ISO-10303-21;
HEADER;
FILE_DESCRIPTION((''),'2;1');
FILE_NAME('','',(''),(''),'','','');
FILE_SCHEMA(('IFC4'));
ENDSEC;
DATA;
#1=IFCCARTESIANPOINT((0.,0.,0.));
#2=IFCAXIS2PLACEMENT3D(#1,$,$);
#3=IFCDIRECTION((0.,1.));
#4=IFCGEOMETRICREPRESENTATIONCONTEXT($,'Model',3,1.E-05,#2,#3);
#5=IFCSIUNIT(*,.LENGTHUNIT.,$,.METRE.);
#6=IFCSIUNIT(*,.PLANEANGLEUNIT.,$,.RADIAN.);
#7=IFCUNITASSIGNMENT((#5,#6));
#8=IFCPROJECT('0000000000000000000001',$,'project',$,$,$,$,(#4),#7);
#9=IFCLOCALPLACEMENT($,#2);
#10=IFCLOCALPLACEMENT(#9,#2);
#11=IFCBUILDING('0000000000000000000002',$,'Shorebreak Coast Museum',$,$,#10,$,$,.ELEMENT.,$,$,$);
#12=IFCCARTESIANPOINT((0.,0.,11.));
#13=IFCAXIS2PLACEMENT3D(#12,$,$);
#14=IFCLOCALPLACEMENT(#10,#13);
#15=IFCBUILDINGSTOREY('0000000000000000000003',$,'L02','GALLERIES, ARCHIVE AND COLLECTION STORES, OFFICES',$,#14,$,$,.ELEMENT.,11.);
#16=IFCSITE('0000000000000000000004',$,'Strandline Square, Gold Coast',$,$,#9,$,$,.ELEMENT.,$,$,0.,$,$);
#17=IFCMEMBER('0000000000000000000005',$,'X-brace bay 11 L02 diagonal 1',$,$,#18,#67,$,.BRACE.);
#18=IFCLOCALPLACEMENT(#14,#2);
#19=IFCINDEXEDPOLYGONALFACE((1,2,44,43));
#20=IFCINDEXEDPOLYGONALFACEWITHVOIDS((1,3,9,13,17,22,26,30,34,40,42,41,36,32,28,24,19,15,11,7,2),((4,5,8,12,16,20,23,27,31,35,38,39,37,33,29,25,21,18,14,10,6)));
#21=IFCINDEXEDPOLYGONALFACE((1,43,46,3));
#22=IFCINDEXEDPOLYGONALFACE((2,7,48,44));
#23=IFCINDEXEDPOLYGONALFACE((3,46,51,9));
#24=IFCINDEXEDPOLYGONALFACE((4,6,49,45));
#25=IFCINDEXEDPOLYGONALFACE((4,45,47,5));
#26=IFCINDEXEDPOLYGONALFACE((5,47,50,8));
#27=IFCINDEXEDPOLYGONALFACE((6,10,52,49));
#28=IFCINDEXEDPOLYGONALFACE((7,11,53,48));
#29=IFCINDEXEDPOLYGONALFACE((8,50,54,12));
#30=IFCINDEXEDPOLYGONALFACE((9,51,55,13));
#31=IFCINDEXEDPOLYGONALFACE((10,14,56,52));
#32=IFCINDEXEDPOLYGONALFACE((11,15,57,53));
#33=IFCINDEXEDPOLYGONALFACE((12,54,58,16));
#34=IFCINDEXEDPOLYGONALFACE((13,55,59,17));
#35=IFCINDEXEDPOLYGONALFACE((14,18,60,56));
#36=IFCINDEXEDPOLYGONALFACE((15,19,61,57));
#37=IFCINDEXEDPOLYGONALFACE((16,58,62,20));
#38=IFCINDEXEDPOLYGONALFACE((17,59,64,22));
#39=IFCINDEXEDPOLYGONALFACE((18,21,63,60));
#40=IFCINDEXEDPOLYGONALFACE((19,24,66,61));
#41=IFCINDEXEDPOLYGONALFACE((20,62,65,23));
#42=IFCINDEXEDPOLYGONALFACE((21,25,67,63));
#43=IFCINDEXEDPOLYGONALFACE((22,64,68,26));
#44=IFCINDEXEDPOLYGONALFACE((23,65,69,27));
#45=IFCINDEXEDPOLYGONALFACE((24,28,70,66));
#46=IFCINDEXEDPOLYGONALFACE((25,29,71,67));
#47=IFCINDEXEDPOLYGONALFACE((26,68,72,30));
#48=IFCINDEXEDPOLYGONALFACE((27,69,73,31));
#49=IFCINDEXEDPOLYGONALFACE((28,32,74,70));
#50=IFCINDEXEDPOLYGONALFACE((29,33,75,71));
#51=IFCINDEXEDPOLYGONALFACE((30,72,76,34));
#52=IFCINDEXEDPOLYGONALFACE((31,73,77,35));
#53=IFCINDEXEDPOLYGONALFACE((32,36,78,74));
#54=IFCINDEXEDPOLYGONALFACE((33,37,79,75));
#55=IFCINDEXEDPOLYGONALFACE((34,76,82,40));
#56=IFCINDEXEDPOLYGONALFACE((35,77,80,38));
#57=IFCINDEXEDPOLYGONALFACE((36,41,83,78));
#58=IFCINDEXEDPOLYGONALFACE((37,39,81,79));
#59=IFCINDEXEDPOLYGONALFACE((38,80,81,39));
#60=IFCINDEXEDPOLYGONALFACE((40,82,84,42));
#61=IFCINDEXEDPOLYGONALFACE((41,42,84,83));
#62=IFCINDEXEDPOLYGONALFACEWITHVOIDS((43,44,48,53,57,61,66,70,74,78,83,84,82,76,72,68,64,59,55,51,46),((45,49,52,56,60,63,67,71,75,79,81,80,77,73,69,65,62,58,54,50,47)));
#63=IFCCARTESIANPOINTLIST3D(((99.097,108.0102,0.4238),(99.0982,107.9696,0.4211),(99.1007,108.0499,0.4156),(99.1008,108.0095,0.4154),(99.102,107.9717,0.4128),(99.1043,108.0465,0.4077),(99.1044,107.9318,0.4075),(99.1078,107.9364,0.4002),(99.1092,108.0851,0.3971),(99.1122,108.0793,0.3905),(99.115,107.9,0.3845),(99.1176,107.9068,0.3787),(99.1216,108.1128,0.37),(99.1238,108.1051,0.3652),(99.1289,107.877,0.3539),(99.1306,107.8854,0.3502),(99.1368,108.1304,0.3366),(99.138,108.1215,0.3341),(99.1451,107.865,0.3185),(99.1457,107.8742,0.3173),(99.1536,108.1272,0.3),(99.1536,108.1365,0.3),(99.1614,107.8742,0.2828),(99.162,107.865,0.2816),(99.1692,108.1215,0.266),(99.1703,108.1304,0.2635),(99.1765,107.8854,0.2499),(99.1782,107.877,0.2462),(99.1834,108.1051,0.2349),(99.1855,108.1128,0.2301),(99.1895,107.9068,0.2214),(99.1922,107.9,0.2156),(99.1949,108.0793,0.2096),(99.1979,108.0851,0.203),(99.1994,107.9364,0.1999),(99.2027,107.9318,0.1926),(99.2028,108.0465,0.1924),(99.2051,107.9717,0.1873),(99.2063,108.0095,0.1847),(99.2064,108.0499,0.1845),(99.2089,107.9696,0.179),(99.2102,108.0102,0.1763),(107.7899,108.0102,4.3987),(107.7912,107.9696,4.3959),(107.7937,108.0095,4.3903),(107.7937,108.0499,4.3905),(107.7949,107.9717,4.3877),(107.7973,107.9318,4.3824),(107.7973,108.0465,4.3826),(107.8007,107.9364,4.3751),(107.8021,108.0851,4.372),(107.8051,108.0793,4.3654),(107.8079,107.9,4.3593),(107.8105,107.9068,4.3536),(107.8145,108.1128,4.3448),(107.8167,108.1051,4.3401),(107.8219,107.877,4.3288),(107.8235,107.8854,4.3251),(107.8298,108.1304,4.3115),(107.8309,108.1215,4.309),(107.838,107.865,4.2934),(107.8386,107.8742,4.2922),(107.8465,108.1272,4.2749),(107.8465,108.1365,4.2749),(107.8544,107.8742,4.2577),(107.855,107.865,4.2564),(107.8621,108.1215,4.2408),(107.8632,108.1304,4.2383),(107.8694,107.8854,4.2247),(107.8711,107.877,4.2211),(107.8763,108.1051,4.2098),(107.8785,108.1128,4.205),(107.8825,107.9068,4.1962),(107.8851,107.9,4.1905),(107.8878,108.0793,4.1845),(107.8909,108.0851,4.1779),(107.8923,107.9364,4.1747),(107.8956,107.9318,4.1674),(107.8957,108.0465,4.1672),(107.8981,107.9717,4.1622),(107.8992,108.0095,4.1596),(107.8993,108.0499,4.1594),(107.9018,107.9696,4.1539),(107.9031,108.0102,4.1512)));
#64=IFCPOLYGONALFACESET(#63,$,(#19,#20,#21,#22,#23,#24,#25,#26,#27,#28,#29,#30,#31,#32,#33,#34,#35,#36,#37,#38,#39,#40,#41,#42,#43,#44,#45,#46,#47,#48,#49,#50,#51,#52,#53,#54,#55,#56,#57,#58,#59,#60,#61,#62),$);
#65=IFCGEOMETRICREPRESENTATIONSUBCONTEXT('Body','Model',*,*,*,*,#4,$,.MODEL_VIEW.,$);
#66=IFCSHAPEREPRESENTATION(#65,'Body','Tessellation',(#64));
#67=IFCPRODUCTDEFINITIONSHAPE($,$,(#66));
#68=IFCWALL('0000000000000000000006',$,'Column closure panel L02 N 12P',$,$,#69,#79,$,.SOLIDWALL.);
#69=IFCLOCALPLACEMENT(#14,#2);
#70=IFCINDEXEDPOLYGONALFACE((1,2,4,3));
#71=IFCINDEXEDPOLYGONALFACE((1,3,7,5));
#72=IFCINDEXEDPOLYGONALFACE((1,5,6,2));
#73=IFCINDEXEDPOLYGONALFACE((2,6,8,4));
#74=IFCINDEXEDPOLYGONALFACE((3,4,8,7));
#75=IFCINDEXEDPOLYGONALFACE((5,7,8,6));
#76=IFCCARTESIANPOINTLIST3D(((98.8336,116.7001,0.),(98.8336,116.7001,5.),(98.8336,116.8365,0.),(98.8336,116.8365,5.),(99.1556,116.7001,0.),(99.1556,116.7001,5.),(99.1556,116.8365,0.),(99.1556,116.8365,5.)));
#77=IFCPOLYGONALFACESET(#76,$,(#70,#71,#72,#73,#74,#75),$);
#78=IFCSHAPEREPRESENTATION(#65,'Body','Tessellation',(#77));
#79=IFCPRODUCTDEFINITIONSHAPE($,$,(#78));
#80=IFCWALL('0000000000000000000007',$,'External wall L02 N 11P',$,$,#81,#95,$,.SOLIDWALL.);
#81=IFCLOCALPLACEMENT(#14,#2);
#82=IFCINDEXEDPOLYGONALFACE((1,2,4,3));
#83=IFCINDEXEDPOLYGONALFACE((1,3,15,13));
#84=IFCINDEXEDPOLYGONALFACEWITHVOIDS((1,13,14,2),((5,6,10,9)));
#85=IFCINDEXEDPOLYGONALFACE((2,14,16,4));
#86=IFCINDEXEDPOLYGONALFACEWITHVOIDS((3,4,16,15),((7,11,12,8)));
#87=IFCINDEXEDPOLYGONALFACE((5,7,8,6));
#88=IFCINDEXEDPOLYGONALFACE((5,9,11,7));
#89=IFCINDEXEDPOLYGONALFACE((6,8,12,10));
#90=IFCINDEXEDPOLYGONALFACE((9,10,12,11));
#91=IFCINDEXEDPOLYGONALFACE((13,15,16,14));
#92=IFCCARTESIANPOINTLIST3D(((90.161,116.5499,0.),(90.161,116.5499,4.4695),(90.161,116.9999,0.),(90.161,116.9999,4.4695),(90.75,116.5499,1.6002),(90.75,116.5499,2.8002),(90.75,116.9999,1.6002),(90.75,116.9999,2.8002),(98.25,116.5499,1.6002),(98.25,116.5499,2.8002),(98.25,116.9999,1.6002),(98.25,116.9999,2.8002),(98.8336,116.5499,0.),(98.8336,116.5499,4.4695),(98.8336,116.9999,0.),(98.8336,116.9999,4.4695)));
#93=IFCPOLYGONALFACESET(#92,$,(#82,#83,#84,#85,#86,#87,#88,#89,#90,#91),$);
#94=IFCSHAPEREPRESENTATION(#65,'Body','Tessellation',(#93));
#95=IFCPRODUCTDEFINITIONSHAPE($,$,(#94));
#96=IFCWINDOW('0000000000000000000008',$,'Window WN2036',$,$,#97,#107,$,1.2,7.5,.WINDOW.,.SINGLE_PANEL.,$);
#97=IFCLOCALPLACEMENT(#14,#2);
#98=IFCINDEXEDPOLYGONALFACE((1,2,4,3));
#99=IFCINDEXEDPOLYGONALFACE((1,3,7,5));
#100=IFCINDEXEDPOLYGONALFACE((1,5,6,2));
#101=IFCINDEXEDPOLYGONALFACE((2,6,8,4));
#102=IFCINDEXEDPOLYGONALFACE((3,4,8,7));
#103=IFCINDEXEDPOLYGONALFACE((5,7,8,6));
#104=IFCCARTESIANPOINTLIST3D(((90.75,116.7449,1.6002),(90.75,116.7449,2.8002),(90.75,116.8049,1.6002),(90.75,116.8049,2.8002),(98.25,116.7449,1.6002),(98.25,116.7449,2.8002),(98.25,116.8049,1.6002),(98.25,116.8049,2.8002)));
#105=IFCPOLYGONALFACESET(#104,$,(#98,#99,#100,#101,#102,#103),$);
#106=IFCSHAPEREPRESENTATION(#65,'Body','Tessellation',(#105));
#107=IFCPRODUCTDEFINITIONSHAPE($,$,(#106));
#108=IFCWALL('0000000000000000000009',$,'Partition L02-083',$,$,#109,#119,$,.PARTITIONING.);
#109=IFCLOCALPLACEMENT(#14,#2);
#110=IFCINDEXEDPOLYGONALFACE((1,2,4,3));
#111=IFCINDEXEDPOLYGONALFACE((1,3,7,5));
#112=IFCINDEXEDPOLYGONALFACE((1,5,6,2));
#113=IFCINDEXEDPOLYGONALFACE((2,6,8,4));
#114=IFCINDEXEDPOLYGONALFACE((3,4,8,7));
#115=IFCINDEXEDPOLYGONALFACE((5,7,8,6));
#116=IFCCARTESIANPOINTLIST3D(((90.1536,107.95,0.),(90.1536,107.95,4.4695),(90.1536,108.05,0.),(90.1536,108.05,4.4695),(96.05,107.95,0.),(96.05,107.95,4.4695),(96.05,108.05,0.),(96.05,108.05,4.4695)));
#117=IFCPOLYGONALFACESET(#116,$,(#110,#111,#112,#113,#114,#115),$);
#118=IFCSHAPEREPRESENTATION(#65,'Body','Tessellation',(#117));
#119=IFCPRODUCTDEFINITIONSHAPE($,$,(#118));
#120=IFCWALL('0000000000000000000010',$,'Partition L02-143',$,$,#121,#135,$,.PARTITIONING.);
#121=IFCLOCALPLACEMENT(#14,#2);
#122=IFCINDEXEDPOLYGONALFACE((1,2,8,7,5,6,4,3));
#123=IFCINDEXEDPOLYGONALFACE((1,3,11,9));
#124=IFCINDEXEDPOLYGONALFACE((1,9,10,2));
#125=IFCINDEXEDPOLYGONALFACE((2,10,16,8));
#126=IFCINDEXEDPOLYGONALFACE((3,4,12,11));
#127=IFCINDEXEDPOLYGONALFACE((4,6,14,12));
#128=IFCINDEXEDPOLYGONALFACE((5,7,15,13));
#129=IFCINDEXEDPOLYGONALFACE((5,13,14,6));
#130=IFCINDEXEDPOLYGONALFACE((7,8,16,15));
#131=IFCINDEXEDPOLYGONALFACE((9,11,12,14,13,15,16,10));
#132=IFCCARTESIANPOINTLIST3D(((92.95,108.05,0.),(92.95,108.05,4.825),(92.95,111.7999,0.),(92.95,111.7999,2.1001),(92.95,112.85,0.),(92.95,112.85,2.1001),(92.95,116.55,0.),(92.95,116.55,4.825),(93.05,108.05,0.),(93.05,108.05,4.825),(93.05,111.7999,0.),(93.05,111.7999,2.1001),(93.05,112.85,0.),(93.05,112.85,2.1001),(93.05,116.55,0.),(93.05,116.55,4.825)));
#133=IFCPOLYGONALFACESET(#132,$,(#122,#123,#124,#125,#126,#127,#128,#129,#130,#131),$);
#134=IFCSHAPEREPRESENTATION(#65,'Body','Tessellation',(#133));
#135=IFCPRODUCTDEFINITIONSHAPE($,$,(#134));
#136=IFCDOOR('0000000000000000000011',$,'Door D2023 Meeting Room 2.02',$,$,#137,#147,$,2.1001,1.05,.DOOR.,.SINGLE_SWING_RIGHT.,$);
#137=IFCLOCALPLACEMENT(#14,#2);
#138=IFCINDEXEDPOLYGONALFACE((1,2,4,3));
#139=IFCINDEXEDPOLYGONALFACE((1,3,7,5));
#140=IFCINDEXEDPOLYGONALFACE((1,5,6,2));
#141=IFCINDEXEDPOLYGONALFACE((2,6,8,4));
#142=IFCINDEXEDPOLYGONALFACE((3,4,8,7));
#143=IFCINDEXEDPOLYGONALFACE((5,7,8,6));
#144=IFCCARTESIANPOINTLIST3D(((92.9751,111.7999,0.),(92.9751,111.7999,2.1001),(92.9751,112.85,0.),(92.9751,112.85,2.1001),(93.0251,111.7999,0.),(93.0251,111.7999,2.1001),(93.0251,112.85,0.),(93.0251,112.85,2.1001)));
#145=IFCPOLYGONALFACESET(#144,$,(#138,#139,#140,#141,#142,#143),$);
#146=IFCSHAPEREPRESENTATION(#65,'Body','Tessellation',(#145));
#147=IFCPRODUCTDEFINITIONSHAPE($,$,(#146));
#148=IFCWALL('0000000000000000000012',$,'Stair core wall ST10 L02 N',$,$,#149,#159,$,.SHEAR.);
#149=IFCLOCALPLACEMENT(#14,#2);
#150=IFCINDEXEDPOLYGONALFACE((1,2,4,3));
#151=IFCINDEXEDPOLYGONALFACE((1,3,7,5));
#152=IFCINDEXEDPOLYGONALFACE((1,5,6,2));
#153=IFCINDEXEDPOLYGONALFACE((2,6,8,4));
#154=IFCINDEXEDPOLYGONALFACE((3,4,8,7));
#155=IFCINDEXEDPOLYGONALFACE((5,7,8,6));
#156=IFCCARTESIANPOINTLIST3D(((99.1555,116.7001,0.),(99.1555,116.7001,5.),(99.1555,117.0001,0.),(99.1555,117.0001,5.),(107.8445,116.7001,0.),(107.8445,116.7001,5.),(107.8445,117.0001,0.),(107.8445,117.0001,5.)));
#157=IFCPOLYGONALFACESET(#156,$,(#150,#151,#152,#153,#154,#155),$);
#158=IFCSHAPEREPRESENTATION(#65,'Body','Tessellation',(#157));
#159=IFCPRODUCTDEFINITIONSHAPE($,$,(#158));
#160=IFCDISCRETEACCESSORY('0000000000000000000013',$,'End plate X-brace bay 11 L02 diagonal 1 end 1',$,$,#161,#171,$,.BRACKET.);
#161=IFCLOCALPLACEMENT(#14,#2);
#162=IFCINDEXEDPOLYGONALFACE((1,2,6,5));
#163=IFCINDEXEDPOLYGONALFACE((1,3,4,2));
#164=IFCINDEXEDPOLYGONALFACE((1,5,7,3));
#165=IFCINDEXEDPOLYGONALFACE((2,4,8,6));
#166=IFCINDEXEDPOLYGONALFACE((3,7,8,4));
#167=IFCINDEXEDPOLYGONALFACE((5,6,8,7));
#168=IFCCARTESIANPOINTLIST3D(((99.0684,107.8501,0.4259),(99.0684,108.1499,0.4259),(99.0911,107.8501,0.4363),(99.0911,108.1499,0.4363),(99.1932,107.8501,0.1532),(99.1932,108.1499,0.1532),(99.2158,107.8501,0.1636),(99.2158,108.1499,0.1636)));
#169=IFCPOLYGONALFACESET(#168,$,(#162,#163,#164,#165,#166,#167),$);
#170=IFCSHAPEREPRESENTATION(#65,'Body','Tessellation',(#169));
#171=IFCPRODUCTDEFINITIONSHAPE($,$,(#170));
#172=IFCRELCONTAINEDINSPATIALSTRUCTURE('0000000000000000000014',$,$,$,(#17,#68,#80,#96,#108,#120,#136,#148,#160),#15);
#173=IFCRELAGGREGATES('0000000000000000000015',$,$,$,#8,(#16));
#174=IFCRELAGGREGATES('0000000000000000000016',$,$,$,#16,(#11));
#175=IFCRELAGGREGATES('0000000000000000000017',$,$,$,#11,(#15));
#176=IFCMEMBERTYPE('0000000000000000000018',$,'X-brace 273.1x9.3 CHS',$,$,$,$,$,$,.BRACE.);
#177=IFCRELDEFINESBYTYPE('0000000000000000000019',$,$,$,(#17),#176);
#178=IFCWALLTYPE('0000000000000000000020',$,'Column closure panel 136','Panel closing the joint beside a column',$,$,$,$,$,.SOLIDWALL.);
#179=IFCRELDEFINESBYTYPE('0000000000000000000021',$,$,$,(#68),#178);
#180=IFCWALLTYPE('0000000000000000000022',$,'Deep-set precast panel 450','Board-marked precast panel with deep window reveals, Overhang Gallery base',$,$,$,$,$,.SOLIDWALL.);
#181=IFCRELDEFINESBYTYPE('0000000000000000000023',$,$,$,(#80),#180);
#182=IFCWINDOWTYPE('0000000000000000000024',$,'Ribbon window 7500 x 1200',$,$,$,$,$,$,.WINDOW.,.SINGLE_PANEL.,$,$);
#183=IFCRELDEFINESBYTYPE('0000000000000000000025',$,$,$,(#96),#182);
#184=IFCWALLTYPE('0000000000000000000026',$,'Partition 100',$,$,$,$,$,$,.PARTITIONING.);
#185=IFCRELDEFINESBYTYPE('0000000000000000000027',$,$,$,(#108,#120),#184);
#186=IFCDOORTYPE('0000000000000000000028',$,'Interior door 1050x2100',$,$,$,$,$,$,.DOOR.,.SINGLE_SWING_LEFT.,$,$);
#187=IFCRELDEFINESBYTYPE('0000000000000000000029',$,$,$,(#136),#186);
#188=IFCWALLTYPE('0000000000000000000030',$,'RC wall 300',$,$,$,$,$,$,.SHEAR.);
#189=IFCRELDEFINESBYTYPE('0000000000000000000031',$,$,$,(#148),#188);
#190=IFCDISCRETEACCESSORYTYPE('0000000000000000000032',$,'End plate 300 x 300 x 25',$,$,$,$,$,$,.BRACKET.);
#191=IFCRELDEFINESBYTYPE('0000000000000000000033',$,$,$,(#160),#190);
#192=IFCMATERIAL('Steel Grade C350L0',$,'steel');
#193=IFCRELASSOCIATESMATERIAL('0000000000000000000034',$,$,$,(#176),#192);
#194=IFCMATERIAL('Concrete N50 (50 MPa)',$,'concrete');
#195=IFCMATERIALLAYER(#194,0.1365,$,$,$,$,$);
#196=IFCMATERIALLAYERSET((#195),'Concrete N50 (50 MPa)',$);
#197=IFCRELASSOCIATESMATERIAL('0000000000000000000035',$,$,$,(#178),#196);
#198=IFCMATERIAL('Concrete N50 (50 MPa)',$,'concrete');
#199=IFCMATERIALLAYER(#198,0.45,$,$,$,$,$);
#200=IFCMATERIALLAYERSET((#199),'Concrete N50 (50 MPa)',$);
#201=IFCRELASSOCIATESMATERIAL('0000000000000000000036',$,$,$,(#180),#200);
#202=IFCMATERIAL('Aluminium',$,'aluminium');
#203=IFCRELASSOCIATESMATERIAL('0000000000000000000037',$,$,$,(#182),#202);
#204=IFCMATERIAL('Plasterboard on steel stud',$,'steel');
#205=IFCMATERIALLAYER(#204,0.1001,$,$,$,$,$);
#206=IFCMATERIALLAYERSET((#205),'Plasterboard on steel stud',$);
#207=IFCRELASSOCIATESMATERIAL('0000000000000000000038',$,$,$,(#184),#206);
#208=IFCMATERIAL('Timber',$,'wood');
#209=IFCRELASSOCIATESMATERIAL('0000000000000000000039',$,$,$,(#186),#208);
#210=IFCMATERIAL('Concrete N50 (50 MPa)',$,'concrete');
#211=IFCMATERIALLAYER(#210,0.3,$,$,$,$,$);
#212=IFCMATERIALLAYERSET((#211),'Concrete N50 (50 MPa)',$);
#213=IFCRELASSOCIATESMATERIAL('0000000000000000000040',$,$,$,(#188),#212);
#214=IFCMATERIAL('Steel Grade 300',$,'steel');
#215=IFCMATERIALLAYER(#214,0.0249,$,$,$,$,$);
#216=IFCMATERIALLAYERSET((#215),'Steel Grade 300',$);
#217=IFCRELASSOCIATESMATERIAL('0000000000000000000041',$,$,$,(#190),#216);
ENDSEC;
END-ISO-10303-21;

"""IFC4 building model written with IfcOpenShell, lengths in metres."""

from ifc_helpers import new_model, si_unit, direction, frame, frame_2d, origin, origin_2d, place, context, subcontext, project, spatial, polyline, rectangle, hollow_circle, outline, extrude, material, layer, layer_set, material_profile, profile_set, type_object, element, fill, save


model = new_model("IFC4")

# Units and contexts
model_context = context("Model", 3, precision=1e-05, world=origin(), true_north=direction((0.0, 1.0)))
body_context = subcontext(model_context, "Body", "Model", "MODEL_VIEW")
ifc_project = project(units=[si_unit("LENGTHUNIT", "METRE"), si_unit("PLANEANGLEUNIT", "RADIAN")], contexts=[model_context])

# Site, building, storey
site_placement = place(None, origin())
site = spatial("IfcSite", under=ifc_project, at=site_placement, Name="Strandline Square, Gold Coast", CompositionType="ELEMENT", RefElevation=0.0)
building_placement = place(site_placement, origin())
building = spatial("IfcBuilding", under=site, at=building_placement, Name="Shorebreak Coast Museum", CompositionType="ELEMENT")
storey_placement = place(building_placement, frame((0.0, 0.0, 11.0)))
storey = spatial("IfcBuildingStorey", under=building, at=storey_placement, Name="L02", Description="GALLERIES, ARCHIVE AND COLLECTION STORES, OFFICES", CompositionType="ELEMENT", Elevation=11.0)

# Member
ifc_material_1 = material(Name="Steel Grade C350L0", Category="steel")
ifc_material_profile_1 = material_profile(ifc_material_1, hollow_circle(Radius=0.1365, WallThickness=0.0093, at=origin_2d()), Name="273.1x9.3 CHS")
ifc_profile_set_1 = profile_set([ifc_material_profile_1], Name="Steel Grade C350L0")
member_type = type_object("IfcMemberType", Name="X-brace 273.1x9.3 CHS", PredefinedType="BRACE", material=ifc_profile_set_1)
member_placement = place(storey_placement, frame((99.1536, 108.0, 0.3), z_axis=(0.909436, 0.0, 0.415844), x_axis=(0.0, 1.0, 0.0)))
element("IfcMember", 1, at=member_placement, inside=storey, type_object=member_type, Name="X-brace bay 11 L02 diagonal 1", PredefinedType="BRACE", context=body_context, shape_type="SweptSolid", body=[
    extrude(hollow_circle(Radius=0.1365, WallThickness=0.0093, at=origin_2d()), origin(), (0.0, 0.0, 1.0), 9.5586),
])

# Wall
ifc_material_2 = material(Name="Concrete N50 (50 MPa)", Category="concrete")
ifc_layer_1 = layer(ifc_material_2, 0.1365)
ifc_layer_set_1 = layer_set([ifc_layer_1], Name="Concrete N50 (50 MPa)")
wall_type_1 = type_object("IfcWallType", Name="Column closure panel 136", Description="Panel closing the joint beside a column", PredefinedType="SOLIDWALL", material=ifc_layer_set_1)
wall_1_placement = place(storey_placement, frame((98.8335, 116.7683, 0.0), z_axis=(0.0, 0.0, 1.0), x_axis=(1.0, 0.0, 0.0)))
element("IfcWall", 2, at=wall_1_placement, inside=storey, type_object=wall_type_1, Name="Column closure panel L02 N 12P", PredefinedType="SOLIDWALL", context=body_context, shape_type="SweptSolid", body=[
    extrude(rectangle(XDim=0.322, YDim=0.1365, at=frame_2d((0.1611, 0.0))), origin(), (0.0, 0.0, 1.0), 5.0),
])

# Wall, opening, window
ifc_material_3 = material(Name="Concrete N50 (50 MPa)", Category="concrete")
ifc_layer_2 = layer(ifc_material_3, 0.45)
ifc_layer_set_2 = layer_set([ifc_layer_2], Name="Concrete N50 (50 MPa)")
wall_type_2 = type_object("IfcWallType", Name="Deep-set precast panel 450", Description="Board-marked precast panel with deep window reveals, Overhang Gallery base", PredefinedType="SOLIDWALL", material=ifc_layer_set_2)
wall_2_placement = place(storey_placement, frame((90.1609, 116.7749, 0.0), z_axis=(0.0, 0.0, 1.0), x_axis=(1.0, 0.0, 0.0)))
wall_2 = element("IfcWall", 3, at=wall_2_placement, inside=storey, type_object=wall_type_2, Name="External wall L02 N 11P", PredefinedType="SOLIDWALL", context=body_context, shape_type="SweptSolid", body=[
    extrude(rectangle(XDim=8.6726, YDim=0.45, at=frame_2d((4.3364, 0.0))), origin(), (0.0, 0.0, 1.0), 4.4695),
])
opening_1_placement = place(wall_2_placement, frame((0.5891, 0.0, 1.6001)))
opening_1 = element("IfcOpeningElement", 4, at=opening_1_placement, cuts=wall_2, PredefinedType="OPENING", context=body_context, shape_type="SweptSolid", body=[
    extrude(rectangle(XDim=7.5, YDim=1.2, at=frame_2d((3.75, 0.6001))), frame((0.0, 0.2349, 0.0), z_axis=(0.0, -1.0, 0.0), x_axis=(1.0, 0.0, 0.0)), (0.0, 0.0, 1.0), 0.47),
])
ifc_material_4 = material(Name="Aluminium", Category="aluminium")
window_type = type_object("IfcWindowType", Name="Ribbon window 7500 x 1200", PartitioningType="SINGLE_PANEL", PredefinedType="WINDOW", material=ifc_material_4)
window_placement = place(opening_1_placement, origin())
window = element("IfcWindow", 5, at=window_placement, inside=storey, type_object=window_type, Name="Window WN2036", OverallHeight=1.2, OverallWidth=7.5, PartitioningType="SINGLE_PANEL", PredefinedType="WINDOW", context=body_context, shape_type="SweptSolid", body=[
    extrude(rectangle(XDim=7.5, YDim=1.2, at=frame_2d((3.75, 0.6001))), frame((0.0, 0.03, 0.0), z_axis=(0.0, -1.0, 0.0), x_axis=(1.0, 0.0, 0.0)), (0.0, 0.0, 1.0), 0.0601),
])
fill(opening_1, window)

# Wall
ifc_material_5 = material(Name="Plasterboard on steel stud", Category="steel")
ifc_layer_3 = layer(ifc_material_5, 0.1001)
ifc_layer_set_3 = layer_set([ifc_layer_3], Name="Plasterboard on steel stud")
wall_type_3 = type_object("IfcWallType", Name="Partition 100", PredefinedType="PARTITIONING", material=ifc_layer_set_3)
wall_3_placement = place(storey_placement, frame((90.1536, 108.0, 0.0), z_axis=(0.0, 0.0, 1.0), x_axis=(1.0, 0.0, 0.0)))
element("IfcWall", 6, at=wall_3_placement, inside=storey, type_object=wall_type_3, Name="Partition L02-083", PredefinedType="PARTITIONING", context=body_context, shape_type="SweptSolid", body=[
    extrude(rectangle(XDim=5.8965, YDim=0.1001, at=frame_2d((2.9482, 0.0))), origin(), (0.0, 0.0, 1.0), 4.4695),
])

# Wall, opening, door
wall_4_placement = place(storey_placement, frame((93.0, 108.05, 0.0), z_axis=(0.0, 0.0, 1.0), x_axis=(0.0, 1.0, 0.0)))
wall_4 = element("IfcWall", 7, at=wall_4_placement, inside=storey, type_object=wall_type_3, Name="Partition L02-143", PredefinedType="PARTITIONING", context=body_context, shape_type="SweptSolid", body=[
    extrude(rectangle(XDim=8.5, YDim=0.1001, at=frame_2d((4.25, 0.0))), origin(), (0.0, 0.0, 1.0), 4.825),
])
opening_2_placement = place(wall_4_placement, frame((3.75, 0.0, 0.0)))
opening_2 = element("IfcOpeningElement", 8, at=opening_2_placement, cuts=wall_4, PredefinedType="OPENING", context=body_context, shape_type="SweptSolid", body=[
    extrude(rectangle(XDim=1.05, YDim=2.1001, at=frame_2d((0.5249, 1.05))), frame((0.0, 0.0601, 0.0), z_axis=(0.0, -1.0, 0.0), x_axis=(1.0, 0.0, 0.0)), (0.0, 0.0, 1.0), 0.1201),
])
ifc_material_6 = material(Name="Timber", Category="wood")
door_type = type_object("IfcDoorType", Name="Interior door 1050x2100", OperationType="SINGLE_SWING_LEFT", PredefinedType="DOOR", material=ifc_material_6)
door_placement = place(opening_2_placement, origin())
door = element("IfcDoor", 9, at=door_placement, inside=storey, type_object=door_type, Name="Door D2023 Meeting Room 2.02", OperationType="SINGLE_SWING_RIGHT", OverallHeight=2.1001, OverallWidth=1.05, PredefinedType="DOOR", context=body_context, shape_type="SweptSolid", body=[
    extrude(rectangle(XDim=1.05, YDim=2.1001, at=frame_2d((0.5249, 1.05))), frame((0.0, 0.0249, 0.0), z_axis=(0.0, -1.0, 0.0), x_axis=(1.0, 0.0, 0.0)), (0.0, 0.0, 1.0), 0.05),
])
fill(opening_2, door)

# Wall
ifc_material_7 = material(Name="Concrete N50 (50 MPa)", Category="concrete")
ifc_layer_4 = layer(ifc_material_7, 0.3)
ifc_layer_set_4 = layer_set([ifc_layer_4], Name="Concrete N50 (50 MPa)")
wall_type_4 = type_object("IfcWallType", Name="RC wall 300", PredefinedType="SHEAR", material=ifc_layer_set_4)
wall_5_placement = place(storey_placement, frame((99.1555, 116.8501, 0.0), z_axis=(0.0, 0.0, 1.0), x_axis=(1.0, 0.0, 0.0)))
element("IfcWall", 10, at=wall_5_placement, inside=storey, type_object=wall_type_4, Name="Stair core wall ST10 L02 N", PredefinedType="SHEAR", context=body_context, shape_type="SweptSolid", body=[
    extrude(rectangle(XDim=8.689, YDim=0.3, at=frame_2d((4.3445, 0.0))), origin(), (0.0, 0.0, 1.0), 5.0),
])

# Discrete accessory
ifc_material_8 = material(Name="Steel Grade 300", Category="steel")
ifc_layer_5 = layer(ifc_material_8, 0.0249)
ifc_layer_set_5 = layer_set([ifc_layer_5], Name="Steel Grade 300")
discrete_accessory_type = type_object("IfcDiscreteAccessoryType", Name="End plate 300 x 300 x 25", PredefinedType="BRACKET", material=ifc_layer_set_5)
discrete_accessory_1_placement = place(storey_placement, frame((99.2158, 107.8501, 0.1636), z_axis=(0.90936, 0.0, 0.41601), x_axis=(0.0, 1.0, 0.0)))
element("IfcDiscreteAccessory", 11, at=discrete_accessory_1_placement, inside=storey, type_object=discrete_accessory_type, Name="End plate X-brace bay 11 L02 diagonal 1 end 1", PredefinedType="BRACKET", context=body_context, shape_type="SweptSolid", body=[
    extrude(outline(polyline([(0.0, 0.0), (0.2998, 0.0), (0.2998, 0.2999), (0.0, 0.2999), (0.0, 0.0)])), origin(), (0.0, 0.0, -1.0), 0.0249),
])

save(model, "model.ifc")
